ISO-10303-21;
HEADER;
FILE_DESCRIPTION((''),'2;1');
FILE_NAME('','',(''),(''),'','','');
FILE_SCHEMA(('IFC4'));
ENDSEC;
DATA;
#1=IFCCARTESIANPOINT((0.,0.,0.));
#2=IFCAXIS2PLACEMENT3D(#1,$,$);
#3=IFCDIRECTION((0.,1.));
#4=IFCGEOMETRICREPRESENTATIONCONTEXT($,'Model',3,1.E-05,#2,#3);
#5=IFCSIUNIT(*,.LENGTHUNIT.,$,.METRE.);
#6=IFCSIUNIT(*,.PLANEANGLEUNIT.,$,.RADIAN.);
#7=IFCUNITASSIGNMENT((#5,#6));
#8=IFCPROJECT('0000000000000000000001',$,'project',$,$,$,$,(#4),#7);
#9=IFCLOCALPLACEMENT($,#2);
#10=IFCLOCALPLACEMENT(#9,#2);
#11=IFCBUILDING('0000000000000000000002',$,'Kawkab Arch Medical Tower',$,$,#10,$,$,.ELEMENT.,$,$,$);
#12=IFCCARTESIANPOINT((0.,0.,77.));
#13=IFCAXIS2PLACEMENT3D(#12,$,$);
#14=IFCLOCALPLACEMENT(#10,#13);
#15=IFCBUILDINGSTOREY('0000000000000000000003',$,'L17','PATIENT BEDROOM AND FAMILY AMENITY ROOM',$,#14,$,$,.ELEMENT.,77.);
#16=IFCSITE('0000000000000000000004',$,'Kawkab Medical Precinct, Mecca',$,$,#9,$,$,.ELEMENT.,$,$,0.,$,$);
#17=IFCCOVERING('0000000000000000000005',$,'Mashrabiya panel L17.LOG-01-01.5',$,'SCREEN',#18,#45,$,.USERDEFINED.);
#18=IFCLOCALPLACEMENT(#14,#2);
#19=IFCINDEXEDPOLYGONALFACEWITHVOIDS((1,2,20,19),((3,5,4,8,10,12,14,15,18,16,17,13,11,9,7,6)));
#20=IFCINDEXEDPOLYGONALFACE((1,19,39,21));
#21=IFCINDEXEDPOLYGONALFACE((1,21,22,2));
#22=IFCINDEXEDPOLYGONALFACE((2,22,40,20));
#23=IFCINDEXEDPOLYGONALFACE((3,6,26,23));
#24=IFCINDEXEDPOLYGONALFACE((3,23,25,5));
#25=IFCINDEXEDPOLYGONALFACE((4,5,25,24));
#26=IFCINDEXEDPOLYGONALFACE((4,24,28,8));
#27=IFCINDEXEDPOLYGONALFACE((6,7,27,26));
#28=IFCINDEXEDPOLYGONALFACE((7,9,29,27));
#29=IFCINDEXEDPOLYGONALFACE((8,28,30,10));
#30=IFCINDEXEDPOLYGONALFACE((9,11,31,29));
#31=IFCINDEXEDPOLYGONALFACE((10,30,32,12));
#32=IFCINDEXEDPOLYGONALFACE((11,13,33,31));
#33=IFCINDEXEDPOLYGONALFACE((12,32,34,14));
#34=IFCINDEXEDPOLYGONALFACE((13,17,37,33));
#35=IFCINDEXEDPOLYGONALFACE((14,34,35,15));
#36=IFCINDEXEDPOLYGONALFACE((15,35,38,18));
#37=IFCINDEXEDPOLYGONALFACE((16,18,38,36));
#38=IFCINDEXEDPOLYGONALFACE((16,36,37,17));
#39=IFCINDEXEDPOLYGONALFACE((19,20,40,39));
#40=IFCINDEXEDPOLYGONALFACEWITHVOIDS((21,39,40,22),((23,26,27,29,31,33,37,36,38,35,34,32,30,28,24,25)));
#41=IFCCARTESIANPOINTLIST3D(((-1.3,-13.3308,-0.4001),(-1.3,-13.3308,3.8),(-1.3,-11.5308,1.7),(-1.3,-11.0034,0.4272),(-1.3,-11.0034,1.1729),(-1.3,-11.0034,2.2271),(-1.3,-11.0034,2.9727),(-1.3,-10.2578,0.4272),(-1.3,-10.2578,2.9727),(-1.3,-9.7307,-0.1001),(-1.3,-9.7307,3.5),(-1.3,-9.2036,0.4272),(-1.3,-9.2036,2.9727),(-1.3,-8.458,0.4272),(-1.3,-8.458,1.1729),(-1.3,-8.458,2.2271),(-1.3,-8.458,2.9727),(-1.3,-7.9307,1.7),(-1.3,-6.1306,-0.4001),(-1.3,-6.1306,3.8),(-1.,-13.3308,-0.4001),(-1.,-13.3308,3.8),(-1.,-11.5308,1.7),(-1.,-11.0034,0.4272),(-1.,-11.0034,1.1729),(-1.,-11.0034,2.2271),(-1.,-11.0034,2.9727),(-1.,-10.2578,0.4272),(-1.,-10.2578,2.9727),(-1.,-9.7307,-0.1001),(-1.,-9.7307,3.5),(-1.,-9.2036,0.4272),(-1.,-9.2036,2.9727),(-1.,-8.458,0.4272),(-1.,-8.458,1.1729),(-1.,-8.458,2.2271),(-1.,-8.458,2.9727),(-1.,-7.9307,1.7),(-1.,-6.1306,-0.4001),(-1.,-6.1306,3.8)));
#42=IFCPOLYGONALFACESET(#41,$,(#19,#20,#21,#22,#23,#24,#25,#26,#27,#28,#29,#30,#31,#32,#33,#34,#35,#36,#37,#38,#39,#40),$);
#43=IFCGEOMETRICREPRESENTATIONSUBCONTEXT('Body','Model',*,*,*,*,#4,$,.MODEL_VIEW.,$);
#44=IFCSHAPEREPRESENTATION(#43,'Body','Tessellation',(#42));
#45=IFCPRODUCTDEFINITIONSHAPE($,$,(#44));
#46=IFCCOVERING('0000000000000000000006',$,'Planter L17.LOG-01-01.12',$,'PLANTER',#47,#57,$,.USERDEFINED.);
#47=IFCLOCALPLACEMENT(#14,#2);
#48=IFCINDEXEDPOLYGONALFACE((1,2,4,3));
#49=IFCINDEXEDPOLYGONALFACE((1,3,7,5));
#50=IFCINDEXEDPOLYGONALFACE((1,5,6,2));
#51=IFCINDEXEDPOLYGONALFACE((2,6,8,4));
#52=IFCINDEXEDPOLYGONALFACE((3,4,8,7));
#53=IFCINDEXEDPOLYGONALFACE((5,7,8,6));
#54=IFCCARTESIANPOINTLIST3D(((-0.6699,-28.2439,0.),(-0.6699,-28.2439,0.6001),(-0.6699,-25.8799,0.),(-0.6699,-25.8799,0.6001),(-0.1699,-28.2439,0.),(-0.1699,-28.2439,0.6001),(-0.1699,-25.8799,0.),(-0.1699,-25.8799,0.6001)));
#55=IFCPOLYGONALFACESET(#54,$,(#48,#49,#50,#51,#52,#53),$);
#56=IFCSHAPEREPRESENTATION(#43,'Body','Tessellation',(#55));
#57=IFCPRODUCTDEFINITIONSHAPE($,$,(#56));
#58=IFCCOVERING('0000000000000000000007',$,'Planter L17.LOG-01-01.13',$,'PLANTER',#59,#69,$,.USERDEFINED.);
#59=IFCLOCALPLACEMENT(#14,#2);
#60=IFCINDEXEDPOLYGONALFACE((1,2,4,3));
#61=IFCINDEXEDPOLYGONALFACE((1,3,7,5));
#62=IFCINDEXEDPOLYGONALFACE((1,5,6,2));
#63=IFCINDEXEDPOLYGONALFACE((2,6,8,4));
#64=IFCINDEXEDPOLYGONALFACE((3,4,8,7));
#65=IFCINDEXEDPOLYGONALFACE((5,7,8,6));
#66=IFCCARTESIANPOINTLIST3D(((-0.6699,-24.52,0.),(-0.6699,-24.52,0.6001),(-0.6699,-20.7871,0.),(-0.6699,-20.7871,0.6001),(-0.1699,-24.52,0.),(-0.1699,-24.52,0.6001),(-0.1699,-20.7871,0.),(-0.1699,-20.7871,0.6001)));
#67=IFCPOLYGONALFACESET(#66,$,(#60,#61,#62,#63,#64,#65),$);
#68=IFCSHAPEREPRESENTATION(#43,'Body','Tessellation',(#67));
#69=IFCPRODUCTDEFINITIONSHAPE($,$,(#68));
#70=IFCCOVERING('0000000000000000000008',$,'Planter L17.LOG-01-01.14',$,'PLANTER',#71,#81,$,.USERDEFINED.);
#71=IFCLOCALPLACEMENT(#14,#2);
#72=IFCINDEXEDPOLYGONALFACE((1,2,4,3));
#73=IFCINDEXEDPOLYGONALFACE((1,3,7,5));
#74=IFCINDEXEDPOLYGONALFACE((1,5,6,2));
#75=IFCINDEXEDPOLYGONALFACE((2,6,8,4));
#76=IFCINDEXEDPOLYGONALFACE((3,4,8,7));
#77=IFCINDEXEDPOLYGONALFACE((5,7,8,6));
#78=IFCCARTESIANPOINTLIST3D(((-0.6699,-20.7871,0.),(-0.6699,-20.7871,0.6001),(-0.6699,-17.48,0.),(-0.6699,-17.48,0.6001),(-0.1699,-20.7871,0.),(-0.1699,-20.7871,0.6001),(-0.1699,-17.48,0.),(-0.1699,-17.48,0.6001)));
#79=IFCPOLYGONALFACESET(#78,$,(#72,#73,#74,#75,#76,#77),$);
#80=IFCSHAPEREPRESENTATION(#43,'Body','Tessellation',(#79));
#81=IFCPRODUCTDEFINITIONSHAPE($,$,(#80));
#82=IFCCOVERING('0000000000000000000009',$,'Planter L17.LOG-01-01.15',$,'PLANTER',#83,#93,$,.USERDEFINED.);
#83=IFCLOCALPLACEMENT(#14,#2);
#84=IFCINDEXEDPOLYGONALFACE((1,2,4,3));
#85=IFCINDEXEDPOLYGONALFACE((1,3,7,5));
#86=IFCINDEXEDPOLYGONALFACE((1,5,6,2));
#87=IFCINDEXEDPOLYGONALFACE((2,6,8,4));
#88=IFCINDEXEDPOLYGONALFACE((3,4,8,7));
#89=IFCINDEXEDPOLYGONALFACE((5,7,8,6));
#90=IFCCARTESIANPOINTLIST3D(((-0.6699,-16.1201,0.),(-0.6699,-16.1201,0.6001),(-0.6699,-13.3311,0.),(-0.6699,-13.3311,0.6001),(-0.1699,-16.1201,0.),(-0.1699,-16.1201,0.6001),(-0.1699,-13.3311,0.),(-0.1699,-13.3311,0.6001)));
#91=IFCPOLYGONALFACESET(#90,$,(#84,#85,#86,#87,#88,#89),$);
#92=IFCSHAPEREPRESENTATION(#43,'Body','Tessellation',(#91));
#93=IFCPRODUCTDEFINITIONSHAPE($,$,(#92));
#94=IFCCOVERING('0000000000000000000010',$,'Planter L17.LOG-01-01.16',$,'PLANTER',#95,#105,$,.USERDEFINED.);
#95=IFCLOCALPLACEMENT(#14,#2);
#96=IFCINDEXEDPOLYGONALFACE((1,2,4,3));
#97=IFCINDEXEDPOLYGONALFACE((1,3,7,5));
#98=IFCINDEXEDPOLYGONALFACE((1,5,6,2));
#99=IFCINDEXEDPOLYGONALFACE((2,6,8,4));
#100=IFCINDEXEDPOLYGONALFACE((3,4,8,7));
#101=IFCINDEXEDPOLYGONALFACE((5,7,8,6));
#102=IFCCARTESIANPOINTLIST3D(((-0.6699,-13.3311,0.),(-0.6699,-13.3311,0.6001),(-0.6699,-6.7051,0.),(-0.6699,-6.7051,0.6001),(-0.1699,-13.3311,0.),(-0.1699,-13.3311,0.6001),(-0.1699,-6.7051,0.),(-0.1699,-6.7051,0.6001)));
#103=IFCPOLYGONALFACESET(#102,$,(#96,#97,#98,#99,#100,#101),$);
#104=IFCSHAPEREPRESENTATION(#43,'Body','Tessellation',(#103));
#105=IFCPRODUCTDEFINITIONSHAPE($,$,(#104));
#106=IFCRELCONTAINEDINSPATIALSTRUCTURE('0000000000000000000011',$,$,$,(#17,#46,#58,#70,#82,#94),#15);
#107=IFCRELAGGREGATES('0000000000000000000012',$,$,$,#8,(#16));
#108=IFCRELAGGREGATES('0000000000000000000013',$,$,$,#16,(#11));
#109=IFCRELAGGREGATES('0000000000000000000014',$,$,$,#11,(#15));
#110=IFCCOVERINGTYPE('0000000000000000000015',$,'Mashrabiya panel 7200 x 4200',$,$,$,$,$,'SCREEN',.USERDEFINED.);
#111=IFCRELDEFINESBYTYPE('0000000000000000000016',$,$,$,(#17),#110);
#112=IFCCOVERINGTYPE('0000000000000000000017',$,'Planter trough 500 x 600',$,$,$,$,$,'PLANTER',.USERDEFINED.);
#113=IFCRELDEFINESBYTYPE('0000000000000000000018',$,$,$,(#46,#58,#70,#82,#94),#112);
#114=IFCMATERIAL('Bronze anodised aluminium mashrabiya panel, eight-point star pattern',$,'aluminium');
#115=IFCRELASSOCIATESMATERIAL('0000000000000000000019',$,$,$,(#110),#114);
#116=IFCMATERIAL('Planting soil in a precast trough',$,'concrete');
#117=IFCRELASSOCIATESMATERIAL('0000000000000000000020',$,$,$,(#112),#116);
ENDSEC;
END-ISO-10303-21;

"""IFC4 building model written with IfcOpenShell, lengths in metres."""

from ifc_helpers import new_model, si_unit, direction, frame, origin, origin_2d, place, context, subcontext, project, spatial, polyline, rectangle, outline, extrude, material, material_profile, profile_set, type_object, element, save


model = new_model("IFC4")

# Units and contexts
model_context = context("Model", 3, precision=1e-05, world=origin(), true_north=direction((0.0, 1.0)))
body_context = subcontext(model_context, "Body", "Model", "MODEL_VIEW")
ifc_project = project(units=[si_unit("LENGTHUNIT", "METRE"), si_unit("PLANEANGLEUNIT", "RADIAN")], contexts=[model_context])

# Site, building, storey
site_placement = place(None, origin())
site = spatial("IfcSite", under=ifc_project, at=site_placement, Name="Kawkab Medical Precinct, Mecca", CompositionType="ELEMENT", RefElevation=0.0)
building_placement = place(site_placement, origin())
building = spatial("IfcBuilding", under=site, at=building_placement, Name="Kawkab Arch Medical Tower", CompositionType="ELEMENT")
storey_placement = place(building_placement, frame((0.0, 0.0, 77.0)))
storey = spatial("IfcBuildingStorey", under=building, at=storey_placement, Name="L17", Description="PATIENT BEDROOM AND FAMILY AMENITY ROOM", CompositionType="ELEMENT", Elevation=77.0)

# Coverings
ifc_material_1 = material(Name="Bronze anodised aluminium mashrabiya panel, eight-point star pattern", Category="aluminium")
ifc_material_profile_1 = material_profile(ifc_material_1, outline(polyline([(-3.6001, -2.1001), (3.6001, -2.1001), (3.6001, 2.1001), (-3.6001, 2.1001), (-3.6001, -2.1001)]), holes=[polyline([(1.8, 0.0), (1.2727, 0.5271), (1.2727, 1.2727), (0.5271, 1.2727), (0.0, 1.8), (-0.5271, 1.2727), (-1.2727, 1.2727), (-1.2727, 0.5271), (-1.8, 0.0), (-1.2727, -0.5271), (-1.2727, -1.2727), (-0.5271, -1.2727), (0.0, -1.8), (0.5271, -1.2727), (1.2727, -1.2727), (1.2727, -0.5271), (1.8, 0.0)])]), Name="Mashrabiya panel 7200x4200")
ifc_profile_set_1 = profile_set([ifc_material_profile_1], Name="Bronze anodised aluminium mashrabiya panel, eight-point star pattern")
covering_type_1 = type_object("IfcCoveringType", Name="Mashrabiya panel 7200 x 4200", ElementType="SCREEN", PredefinedType="USERDEFINED", material=ifc_profile_set_1)
for number, where, z_axis, x_axis, name in (
    (1, (-1.0, -9.7307, 1.7), (-1.0, 0.0, 0.0), (0.0, -1.0, 0.0), "Mashrabiya panel L17.LOG-01-01.5"),
):
    element("IfcCovering", number, at=place(storey_placement, frame(where, z_axis=z_axis, x_axis=x_axis)), inside=storey, type_object=covering_type_1, Name=name, ObjectType="SCREEN", PredefinedType="USERDEFINED", context=body_context, shape_type="SweptSolid", body=[
        extrude(outline(polyline([(-3.6001, -2.1001), (3.6001, -2.1001), (3.6001, 2.1001), (-3.6001, 2.1001), (-3.6001, -2.1001)]), holes=[polyline([(1.8, 0.0), (1.2727, 0.5271), (1.2727, 1.2727), (0.5271, 1.2727), (0.0, 1.8), (-0.5271, 1.2727), (-1.2727, 1.2727), (-1.2727, 0.5271), (-1.8, 0.0), (-1.2727, -0.5271), (-1.2727, -1.2727), (-0.5271, -1.2727), (0.0, -1.8), (0.5271, -1.2727), (1.2727, -1.2727), (1.2727, -0.5271), (1.8, 0.0)])]), origin(), (0.0, 0.0, 1.0), 0.3),
    ])
ifc_material_2 = material(Name="Planting soil in a precast trough", Category="concrete")
ifc_material_profile_2 = material_profile(ifc_material_2, rectangle(XDim=0.5, YDim=0.6001, at=origin_2d()), Name="Trough 500x600")
ifc_profile_set_2 = profile_set([ifc_material_profile_2], Name="Planting soil in a precast trough")
covering_type_2 = type_object("IfcCoveringType", Name="Planter trough 500 x 600", ElementType="PLANTER", PredefinedType="USERDEFINED", material=ifc_profile_set_2)
covering_1_placement = place(storey_placement, frame((-0.4199, -28.2439, 0.3), z_axis=(0.0, 1.0, 0.0), x_axis=(-1.0, 0.0, 0.0)))
element("IfcCovering", 2, at=covering_1_placement, inside=storey, type_object=covering_type_2, Name="Planter L17.LOG-01-01.12", ObjectType="PLANTER", PredefinedType="USERDEFINED", context=body_context, shape_type="SweptSolid", body=[
    extrude(rectangle(XDim=0.5, YDim=0.6001, at=origin_2d()), origin(), (0.0, 0.0, 1.0), 2.364),
])
covering_2_placement = place(storey_placement, frame((-0.4199, -24.52, 0.3), z_axis=(0.0, 1.0, 0.0), x_axis=(-1.0, 0.0, 0.0)))
element("IfcCovering", 3, at=covering_2_placement, inside=storey, type_object=covering_type_2, Name="Planter L17.LOG-01-01.13", ObjectType="PLANTER", PredefinedType="USERDEFINED", context=body_context, shape_type="SweptSolid", body=[
    extrude(rectangle(XDim=0.5, YDim=0.6001, at=origin_2d()), origin(), (0.0, 0.0, 1.0), 3.7329),
])
covering_3_placement = place(storey_placement, frame((-0.4199, -20.7871, 0.3), z_axis=(0.0, 1.0, 0.0), x_axis=(-1.0, 0.0, 0.0)))
element("IfcCovering", 4, at=covering_3_placement, inside=storey, type_object=covering_type_2, Name="Planter L17.LOG-01-01.14", ObjectType="PLANTER", PredefinedType="USERDEFINED", context=body_context, shape_type="SweptSolid", body=[
    extrude(rectangle(XDim=0.5, YDim=0.6001, at=origin_2d()), origin(), (0.0, 0.0, 1.0), 3.3071),
])
covering_4_placement = place(storey_placement, frame((-0.4199, -16.1201, 0.3), z_axis=(0.0, 1.0, 0.0), x_axis=(-1.0, 0.0, 0.0)))
element("IfcCovering", 5, at=covering_4_placement, inside=storey, type_object=covering_type_2, Name="Planter L17.LOG-01-01.15", ObjectType="PLANTER", PredefinedType="USERDEFINED", context=body_context, shape_type="SweptSolid", body=[
    extrude(rectangle(XDim=0.5, YDim=0.6001, at=origin_2d()), origin(), (0.0, 0.0, 1.0), 2.7891),
])
covering_5_placement = place(storey_placement, frame((-0.4199, -13.3311, 0.3), z_axis=(0.0, 1.0, 0.0), x_axis=(-1.0, 0.0, 0.0)))
element("IfcCovering", 6, at=covering_5_placement, inside=storey, type_object=covering_type_2, Name="Planter L17.LOG-01-01.16", ObjectType="PLANTER", PredefinedType="USERDEFINED", context=body_context, shape_type="SweptSolid", body=[
    extrude(rectangle(XDim=0.5, YDim=0.6001, at=origin_2d()), origin(), (0.0, 0.0, 1.0), 6.626),
])

save(model, "model.ifc")
